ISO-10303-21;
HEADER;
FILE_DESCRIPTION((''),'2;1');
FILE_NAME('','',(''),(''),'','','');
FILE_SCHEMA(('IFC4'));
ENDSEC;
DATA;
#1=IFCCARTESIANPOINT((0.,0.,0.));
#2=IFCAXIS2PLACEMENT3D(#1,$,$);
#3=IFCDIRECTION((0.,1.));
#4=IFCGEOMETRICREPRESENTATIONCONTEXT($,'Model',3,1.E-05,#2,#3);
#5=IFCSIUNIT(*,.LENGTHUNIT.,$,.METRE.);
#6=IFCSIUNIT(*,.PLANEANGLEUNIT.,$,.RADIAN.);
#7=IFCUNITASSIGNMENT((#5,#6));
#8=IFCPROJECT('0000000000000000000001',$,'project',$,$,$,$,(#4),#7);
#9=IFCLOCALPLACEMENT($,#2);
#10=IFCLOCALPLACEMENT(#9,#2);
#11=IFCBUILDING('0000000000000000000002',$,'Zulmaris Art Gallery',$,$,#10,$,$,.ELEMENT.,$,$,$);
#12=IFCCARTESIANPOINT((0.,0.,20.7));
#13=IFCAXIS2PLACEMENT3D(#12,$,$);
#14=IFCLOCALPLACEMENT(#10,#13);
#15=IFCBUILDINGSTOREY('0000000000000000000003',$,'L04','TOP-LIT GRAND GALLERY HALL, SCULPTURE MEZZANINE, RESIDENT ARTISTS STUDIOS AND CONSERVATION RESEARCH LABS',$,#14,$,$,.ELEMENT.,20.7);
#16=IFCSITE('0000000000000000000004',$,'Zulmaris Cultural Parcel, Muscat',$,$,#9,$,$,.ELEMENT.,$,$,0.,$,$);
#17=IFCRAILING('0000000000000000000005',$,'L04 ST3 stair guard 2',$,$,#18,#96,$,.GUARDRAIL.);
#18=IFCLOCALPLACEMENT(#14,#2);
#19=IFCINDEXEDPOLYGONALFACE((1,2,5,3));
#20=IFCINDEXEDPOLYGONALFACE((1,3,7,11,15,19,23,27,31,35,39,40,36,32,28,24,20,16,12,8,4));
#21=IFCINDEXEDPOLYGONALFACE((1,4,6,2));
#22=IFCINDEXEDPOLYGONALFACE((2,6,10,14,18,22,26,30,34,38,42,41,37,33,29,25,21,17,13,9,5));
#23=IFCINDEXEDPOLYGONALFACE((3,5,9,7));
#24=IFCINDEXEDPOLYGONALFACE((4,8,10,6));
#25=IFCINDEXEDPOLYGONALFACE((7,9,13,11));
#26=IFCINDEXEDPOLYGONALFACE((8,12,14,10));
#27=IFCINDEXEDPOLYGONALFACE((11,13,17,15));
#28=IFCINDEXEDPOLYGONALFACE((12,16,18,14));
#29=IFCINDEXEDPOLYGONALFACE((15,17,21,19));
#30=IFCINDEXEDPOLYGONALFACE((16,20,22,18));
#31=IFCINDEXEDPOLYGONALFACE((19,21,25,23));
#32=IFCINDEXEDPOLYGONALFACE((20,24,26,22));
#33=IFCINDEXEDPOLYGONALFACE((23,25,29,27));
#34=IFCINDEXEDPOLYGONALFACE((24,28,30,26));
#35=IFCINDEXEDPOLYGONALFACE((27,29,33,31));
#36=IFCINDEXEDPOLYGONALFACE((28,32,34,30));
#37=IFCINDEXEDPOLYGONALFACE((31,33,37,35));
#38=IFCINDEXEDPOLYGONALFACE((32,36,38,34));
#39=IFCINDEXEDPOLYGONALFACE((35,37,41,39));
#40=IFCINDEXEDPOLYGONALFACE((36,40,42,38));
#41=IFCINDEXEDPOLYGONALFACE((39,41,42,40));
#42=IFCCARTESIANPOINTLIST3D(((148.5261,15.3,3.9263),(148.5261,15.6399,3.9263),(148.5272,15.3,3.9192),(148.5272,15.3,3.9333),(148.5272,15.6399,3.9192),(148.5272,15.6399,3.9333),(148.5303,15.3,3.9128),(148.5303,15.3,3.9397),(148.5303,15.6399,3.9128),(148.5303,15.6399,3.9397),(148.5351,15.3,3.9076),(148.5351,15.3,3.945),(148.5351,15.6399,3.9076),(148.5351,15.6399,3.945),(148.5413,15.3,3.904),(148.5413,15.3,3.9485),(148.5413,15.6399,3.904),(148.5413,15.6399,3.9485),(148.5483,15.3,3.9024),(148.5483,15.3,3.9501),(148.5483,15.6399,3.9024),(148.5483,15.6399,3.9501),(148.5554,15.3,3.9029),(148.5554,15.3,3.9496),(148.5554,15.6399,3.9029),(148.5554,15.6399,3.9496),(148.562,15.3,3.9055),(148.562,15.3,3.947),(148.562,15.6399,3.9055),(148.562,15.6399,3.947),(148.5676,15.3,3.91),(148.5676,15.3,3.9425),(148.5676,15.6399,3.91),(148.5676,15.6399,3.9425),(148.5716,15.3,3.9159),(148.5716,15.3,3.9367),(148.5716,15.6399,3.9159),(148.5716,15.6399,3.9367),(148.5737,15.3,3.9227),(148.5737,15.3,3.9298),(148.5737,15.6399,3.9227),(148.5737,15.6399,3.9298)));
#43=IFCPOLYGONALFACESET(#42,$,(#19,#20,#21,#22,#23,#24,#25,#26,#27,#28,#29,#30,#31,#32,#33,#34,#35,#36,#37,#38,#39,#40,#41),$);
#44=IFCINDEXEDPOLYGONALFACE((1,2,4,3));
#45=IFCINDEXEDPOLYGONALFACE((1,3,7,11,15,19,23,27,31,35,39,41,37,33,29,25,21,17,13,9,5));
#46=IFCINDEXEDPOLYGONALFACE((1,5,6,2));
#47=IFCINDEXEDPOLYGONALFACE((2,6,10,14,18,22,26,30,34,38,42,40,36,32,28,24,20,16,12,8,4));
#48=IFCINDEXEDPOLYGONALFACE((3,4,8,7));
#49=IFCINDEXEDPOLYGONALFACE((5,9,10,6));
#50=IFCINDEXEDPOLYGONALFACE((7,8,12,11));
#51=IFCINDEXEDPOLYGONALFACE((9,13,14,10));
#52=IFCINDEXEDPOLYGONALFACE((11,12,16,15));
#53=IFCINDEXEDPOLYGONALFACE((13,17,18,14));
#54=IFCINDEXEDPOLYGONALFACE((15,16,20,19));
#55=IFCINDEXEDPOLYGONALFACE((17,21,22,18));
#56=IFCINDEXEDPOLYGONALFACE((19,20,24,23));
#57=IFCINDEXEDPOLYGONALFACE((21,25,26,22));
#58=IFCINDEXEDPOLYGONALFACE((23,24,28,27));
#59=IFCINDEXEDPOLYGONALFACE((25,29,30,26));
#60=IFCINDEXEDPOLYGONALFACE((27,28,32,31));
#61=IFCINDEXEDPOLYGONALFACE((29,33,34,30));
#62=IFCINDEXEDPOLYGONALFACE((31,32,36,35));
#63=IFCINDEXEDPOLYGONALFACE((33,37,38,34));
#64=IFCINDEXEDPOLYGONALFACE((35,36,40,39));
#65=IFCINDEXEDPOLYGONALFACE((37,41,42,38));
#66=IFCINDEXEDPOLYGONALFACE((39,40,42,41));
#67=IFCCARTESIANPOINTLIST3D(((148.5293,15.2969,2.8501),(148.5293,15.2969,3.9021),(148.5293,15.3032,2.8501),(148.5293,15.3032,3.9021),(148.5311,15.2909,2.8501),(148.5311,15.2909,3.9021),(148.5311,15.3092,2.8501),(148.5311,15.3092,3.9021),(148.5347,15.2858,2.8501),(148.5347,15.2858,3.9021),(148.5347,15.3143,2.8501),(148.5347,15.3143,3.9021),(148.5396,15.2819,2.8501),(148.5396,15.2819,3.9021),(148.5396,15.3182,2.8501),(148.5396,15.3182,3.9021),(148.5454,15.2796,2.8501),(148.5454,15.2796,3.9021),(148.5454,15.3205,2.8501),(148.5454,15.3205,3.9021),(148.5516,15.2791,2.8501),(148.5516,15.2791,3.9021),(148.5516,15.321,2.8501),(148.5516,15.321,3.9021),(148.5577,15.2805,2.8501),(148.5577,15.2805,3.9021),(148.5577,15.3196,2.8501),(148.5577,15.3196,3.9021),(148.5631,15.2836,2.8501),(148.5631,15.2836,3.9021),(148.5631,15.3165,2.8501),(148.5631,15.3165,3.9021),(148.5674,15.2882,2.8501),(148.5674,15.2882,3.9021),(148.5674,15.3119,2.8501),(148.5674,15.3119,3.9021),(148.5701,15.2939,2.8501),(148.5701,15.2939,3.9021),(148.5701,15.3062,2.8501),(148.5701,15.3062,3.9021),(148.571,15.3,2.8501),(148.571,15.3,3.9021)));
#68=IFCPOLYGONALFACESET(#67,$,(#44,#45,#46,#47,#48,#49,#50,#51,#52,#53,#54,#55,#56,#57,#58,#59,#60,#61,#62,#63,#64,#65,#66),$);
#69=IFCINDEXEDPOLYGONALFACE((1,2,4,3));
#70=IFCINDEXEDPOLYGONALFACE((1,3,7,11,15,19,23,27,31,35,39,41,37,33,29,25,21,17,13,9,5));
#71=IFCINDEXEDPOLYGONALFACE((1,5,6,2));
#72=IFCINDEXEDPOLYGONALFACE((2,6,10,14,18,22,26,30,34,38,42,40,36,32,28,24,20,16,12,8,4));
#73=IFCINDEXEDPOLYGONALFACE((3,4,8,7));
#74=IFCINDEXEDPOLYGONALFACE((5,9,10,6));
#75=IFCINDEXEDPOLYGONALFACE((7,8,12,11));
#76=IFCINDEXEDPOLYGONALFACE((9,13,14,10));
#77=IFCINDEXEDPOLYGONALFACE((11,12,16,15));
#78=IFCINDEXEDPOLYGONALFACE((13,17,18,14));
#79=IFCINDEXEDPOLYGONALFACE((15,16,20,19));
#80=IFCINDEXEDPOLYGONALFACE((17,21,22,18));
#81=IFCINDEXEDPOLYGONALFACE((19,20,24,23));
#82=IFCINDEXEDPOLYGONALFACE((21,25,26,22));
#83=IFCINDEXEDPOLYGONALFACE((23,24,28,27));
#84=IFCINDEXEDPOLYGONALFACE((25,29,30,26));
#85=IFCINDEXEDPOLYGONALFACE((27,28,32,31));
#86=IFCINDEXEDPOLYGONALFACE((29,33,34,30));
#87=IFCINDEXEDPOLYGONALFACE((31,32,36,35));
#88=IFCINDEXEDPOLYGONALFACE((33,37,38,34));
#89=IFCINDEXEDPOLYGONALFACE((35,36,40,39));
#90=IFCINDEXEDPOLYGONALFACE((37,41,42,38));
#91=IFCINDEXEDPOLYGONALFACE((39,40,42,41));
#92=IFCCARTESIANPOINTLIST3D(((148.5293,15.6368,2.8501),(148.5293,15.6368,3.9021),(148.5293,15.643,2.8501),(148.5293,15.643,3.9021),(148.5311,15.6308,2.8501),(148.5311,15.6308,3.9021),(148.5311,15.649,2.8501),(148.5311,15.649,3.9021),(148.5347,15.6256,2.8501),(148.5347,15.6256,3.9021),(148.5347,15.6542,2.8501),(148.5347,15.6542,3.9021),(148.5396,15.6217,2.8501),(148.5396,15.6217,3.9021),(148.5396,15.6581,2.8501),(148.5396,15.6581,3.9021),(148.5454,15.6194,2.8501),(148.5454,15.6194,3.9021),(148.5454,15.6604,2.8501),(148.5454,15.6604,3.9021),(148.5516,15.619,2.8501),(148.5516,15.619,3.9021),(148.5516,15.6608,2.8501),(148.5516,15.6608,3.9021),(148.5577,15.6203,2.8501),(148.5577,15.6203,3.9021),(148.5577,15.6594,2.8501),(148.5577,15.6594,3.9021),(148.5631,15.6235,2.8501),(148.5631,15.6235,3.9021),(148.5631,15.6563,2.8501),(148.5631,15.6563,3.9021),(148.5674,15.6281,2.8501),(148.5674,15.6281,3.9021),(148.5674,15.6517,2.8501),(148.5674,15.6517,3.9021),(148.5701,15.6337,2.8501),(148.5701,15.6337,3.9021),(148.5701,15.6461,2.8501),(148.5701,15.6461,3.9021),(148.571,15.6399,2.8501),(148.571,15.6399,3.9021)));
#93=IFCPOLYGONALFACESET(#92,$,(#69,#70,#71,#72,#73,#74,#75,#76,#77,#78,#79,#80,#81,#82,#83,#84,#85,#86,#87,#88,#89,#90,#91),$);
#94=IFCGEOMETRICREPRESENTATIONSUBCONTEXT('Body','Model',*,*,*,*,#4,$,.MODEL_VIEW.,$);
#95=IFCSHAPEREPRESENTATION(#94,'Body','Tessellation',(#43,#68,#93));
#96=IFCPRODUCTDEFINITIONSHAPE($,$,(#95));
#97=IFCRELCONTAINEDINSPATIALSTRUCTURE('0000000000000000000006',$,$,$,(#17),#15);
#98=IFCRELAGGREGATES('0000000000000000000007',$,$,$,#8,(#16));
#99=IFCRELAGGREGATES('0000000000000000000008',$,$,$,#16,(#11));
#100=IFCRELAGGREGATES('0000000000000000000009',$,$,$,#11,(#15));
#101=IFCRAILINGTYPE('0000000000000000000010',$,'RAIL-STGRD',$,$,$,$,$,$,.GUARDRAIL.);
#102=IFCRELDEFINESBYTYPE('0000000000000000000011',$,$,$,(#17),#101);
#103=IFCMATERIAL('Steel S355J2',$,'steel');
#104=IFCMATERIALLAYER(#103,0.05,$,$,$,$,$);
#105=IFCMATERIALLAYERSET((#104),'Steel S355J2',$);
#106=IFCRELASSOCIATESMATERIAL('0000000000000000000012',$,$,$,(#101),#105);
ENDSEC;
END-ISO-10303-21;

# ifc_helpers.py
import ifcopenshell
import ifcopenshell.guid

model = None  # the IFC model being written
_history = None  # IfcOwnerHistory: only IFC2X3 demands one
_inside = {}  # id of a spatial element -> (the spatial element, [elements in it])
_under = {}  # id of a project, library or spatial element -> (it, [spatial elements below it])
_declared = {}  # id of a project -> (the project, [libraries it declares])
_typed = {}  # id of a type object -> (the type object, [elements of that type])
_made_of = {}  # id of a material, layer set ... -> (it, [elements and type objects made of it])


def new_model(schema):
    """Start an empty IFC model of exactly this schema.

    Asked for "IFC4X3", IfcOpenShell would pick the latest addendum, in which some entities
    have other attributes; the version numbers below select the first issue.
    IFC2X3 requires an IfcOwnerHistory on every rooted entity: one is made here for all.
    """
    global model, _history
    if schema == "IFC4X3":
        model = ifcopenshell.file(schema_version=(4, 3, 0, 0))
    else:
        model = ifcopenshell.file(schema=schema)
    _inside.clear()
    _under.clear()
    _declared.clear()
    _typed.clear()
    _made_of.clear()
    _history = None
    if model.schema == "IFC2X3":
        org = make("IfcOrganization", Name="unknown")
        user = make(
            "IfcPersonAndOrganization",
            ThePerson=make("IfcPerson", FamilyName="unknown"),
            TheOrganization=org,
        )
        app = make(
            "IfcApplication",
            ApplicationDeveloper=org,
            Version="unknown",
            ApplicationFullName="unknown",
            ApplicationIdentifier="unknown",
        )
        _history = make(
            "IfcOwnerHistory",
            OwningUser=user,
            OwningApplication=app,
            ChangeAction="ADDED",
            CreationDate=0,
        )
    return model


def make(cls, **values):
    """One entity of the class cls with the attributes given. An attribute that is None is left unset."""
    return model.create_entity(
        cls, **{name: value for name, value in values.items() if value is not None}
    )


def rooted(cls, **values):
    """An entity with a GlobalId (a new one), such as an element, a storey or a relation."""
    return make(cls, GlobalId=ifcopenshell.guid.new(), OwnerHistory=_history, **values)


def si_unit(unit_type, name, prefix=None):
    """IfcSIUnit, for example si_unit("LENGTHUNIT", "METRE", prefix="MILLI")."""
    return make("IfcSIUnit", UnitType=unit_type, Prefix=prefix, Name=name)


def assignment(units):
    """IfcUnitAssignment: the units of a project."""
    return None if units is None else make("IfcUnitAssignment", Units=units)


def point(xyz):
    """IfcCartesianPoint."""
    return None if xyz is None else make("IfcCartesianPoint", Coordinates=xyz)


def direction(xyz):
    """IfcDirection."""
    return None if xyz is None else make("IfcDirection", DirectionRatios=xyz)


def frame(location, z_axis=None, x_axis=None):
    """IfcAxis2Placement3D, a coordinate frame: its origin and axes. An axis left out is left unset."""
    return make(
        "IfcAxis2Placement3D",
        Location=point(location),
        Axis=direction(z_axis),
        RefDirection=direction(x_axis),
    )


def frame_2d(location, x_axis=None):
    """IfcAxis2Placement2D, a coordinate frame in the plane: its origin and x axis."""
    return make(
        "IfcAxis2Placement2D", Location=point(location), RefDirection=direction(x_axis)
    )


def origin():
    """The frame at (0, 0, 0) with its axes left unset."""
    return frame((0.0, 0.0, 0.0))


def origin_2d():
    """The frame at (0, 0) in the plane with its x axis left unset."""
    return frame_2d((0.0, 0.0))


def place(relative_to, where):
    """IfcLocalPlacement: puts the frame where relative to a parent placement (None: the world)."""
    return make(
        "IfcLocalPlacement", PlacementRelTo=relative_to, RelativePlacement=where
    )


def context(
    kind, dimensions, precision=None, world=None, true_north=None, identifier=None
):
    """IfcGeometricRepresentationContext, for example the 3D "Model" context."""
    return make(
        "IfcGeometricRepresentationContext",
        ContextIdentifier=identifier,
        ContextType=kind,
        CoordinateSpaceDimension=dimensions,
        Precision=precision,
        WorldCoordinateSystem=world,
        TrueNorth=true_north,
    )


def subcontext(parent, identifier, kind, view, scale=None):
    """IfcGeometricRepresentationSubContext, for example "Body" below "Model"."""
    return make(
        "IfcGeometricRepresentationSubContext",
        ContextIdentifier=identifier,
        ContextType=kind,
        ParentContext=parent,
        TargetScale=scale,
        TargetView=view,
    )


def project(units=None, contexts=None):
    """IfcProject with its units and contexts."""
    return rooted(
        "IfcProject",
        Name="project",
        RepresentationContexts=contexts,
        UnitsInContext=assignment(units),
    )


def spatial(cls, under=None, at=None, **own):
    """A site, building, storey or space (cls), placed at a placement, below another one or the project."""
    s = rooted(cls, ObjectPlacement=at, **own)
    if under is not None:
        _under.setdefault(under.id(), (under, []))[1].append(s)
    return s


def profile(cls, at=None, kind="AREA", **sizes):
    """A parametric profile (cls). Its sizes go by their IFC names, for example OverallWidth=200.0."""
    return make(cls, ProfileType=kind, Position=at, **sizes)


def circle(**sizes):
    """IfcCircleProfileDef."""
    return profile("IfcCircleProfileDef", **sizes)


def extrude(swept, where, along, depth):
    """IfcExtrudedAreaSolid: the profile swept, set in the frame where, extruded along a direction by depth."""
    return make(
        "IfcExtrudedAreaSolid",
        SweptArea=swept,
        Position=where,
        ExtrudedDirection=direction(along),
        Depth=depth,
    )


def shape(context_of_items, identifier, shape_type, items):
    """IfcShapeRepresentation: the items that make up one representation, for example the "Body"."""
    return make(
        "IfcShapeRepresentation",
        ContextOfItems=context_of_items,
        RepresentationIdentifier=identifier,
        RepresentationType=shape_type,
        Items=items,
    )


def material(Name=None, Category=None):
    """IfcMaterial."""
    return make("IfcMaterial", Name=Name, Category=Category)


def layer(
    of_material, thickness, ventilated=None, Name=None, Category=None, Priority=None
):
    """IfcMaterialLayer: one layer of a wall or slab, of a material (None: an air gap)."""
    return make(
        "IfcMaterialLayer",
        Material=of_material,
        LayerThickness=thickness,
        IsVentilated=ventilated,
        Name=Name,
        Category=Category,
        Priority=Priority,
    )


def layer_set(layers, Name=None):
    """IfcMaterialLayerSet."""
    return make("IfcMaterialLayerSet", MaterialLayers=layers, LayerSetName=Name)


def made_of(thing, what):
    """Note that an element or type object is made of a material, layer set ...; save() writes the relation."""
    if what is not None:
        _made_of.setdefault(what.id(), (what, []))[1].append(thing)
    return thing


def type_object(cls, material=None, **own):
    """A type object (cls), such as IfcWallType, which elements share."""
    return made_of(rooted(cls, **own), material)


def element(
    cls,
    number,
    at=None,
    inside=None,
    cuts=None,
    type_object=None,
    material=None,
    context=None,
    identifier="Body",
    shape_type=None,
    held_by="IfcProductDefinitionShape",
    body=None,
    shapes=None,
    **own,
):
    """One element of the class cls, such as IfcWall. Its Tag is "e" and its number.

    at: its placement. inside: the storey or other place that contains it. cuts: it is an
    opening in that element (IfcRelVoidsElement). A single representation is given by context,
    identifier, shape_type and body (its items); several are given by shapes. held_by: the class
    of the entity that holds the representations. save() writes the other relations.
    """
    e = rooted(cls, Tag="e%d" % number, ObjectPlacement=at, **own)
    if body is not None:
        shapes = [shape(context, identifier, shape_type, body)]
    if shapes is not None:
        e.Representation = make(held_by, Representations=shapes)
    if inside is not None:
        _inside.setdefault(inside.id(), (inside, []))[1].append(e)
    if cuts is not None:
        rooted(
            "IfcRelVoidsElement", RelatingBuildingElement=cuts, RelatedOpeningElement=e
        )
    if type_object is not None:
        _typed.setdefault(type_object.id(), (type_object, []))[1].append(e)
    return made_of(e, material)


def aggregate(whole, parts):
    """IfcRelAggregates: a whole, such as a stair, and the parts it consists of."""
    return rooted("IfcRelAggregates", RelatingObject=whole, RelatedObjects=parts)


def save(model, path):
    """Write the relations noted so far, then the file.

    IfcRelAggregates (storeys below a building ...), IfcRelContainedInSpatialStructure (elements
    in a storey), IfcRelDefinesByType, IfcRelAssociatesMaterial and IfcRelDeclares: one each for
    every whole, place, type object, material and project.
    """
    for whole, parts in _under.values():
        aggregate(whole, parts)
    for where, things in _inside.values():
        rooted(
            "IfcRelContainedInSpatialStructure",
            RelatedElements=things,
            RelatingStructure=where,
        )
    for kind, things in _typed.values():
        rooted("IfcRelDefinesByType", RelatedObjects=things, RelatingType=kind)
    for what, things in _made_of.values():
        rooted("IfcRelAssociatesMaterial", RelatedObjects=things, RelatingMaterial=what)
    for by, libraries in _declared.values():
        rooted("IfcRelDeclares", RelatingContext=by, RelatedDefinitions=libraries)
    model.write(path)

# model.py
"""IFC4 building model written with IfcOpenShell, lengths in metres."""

from ifc_helpers import new_model, si_unit, direction, frame, origin, origin_2d, place, context, subcontext, project, spatial, circle, extrude, material, layer, layer_set, type_object, element, save


model = new_model("IFC4")

# Units and contexts
model_context = context("Model", 3, precision=1e-05, world=origin(), true_north=direction((0.0, 1.0)))
body_context = subcontext(model_context, "Body", "Model", "MODEL_VIEW")
ifc_project = project(units=[si_unit("LENGTHUNIT", "METRE"), si_unit("PLANEANGLEUNIT", "RADIAN")], contexts=[model_context])

# Site, building, storey
site_placement = place(None, origin())
site = spatial("IfcSite", under=ifc_project, at=site_placement, Name="Zulmaris Cultural Parcel, Muscat", CompositionType="ELEMENT", RefElevation=0.0)
building_placement = place(site_placement, origin())
building = spatial("IfcBuilding", under=site, at=building_placement, Name="Zulmaris Art Gallery", CompositionType="ELEMENT")
storey_placement = place(building_placement, frame((0.0, 0.0, 20.7)))
storey = spatial("IfcBuildingStorey", under=building, at=storey_placement, Name="L04", Description="TOP-LIT GRAND GALLERY HALL, SCULPTURE MEZZANINE, RESIDENT ARTISTS STUDIOS AND CONSERVATION RESEARCH LABS", CompositionType="ELEMENT", Elevation=20.7)

# Shared definitions
ifc_material_1 = material(Name="Steel S355J2", Category="steel")

# Railing
ifc_layer_1 = layer(ifc_material_1, 0.05)
ifc_layer_set_1 = layer_set([ifc_layer_1], Name="Steel S355J2")
railing_type_1 = type_object("IfcRailingType", Name="RAIL-STGRD", PredefinedType="GUARDRAIL", material=ifc_layer_set_1)
railing_1_placement = place(storey_placement, frame((148.55, 15.3, 2.8501)))
element("IfcRailing", 1, at=railing_1_placement, inside=storey, type_object=railing_type_1, Name="L04 ST3 stair guard 2", PredefinedType="GUARDRAIL", context=body_context, shape_type="SweptSolid", body=[
    extrude(circle(Radius=0.0239, at=origin_2d()), frame((0.0, 0.0, 1.0762), z_axis=(0.0, 1.0, 0.0), x_axis=(-1.0, 0.0, 0.0)), (0.0, 0.0, 1.0), 0.3398),
    extrude(circle(Radius=0.021, at=origin_2d()), origin(), (0.0, 0.0, 1.0), 1.052),
    extrude(circle(Radius=0.021, at=origin_2d()), frame((0.0, 0.3398, 0.0)), (0.0, 0.0, 1.0), 1.052),
])

save(model, "model.ifc")
